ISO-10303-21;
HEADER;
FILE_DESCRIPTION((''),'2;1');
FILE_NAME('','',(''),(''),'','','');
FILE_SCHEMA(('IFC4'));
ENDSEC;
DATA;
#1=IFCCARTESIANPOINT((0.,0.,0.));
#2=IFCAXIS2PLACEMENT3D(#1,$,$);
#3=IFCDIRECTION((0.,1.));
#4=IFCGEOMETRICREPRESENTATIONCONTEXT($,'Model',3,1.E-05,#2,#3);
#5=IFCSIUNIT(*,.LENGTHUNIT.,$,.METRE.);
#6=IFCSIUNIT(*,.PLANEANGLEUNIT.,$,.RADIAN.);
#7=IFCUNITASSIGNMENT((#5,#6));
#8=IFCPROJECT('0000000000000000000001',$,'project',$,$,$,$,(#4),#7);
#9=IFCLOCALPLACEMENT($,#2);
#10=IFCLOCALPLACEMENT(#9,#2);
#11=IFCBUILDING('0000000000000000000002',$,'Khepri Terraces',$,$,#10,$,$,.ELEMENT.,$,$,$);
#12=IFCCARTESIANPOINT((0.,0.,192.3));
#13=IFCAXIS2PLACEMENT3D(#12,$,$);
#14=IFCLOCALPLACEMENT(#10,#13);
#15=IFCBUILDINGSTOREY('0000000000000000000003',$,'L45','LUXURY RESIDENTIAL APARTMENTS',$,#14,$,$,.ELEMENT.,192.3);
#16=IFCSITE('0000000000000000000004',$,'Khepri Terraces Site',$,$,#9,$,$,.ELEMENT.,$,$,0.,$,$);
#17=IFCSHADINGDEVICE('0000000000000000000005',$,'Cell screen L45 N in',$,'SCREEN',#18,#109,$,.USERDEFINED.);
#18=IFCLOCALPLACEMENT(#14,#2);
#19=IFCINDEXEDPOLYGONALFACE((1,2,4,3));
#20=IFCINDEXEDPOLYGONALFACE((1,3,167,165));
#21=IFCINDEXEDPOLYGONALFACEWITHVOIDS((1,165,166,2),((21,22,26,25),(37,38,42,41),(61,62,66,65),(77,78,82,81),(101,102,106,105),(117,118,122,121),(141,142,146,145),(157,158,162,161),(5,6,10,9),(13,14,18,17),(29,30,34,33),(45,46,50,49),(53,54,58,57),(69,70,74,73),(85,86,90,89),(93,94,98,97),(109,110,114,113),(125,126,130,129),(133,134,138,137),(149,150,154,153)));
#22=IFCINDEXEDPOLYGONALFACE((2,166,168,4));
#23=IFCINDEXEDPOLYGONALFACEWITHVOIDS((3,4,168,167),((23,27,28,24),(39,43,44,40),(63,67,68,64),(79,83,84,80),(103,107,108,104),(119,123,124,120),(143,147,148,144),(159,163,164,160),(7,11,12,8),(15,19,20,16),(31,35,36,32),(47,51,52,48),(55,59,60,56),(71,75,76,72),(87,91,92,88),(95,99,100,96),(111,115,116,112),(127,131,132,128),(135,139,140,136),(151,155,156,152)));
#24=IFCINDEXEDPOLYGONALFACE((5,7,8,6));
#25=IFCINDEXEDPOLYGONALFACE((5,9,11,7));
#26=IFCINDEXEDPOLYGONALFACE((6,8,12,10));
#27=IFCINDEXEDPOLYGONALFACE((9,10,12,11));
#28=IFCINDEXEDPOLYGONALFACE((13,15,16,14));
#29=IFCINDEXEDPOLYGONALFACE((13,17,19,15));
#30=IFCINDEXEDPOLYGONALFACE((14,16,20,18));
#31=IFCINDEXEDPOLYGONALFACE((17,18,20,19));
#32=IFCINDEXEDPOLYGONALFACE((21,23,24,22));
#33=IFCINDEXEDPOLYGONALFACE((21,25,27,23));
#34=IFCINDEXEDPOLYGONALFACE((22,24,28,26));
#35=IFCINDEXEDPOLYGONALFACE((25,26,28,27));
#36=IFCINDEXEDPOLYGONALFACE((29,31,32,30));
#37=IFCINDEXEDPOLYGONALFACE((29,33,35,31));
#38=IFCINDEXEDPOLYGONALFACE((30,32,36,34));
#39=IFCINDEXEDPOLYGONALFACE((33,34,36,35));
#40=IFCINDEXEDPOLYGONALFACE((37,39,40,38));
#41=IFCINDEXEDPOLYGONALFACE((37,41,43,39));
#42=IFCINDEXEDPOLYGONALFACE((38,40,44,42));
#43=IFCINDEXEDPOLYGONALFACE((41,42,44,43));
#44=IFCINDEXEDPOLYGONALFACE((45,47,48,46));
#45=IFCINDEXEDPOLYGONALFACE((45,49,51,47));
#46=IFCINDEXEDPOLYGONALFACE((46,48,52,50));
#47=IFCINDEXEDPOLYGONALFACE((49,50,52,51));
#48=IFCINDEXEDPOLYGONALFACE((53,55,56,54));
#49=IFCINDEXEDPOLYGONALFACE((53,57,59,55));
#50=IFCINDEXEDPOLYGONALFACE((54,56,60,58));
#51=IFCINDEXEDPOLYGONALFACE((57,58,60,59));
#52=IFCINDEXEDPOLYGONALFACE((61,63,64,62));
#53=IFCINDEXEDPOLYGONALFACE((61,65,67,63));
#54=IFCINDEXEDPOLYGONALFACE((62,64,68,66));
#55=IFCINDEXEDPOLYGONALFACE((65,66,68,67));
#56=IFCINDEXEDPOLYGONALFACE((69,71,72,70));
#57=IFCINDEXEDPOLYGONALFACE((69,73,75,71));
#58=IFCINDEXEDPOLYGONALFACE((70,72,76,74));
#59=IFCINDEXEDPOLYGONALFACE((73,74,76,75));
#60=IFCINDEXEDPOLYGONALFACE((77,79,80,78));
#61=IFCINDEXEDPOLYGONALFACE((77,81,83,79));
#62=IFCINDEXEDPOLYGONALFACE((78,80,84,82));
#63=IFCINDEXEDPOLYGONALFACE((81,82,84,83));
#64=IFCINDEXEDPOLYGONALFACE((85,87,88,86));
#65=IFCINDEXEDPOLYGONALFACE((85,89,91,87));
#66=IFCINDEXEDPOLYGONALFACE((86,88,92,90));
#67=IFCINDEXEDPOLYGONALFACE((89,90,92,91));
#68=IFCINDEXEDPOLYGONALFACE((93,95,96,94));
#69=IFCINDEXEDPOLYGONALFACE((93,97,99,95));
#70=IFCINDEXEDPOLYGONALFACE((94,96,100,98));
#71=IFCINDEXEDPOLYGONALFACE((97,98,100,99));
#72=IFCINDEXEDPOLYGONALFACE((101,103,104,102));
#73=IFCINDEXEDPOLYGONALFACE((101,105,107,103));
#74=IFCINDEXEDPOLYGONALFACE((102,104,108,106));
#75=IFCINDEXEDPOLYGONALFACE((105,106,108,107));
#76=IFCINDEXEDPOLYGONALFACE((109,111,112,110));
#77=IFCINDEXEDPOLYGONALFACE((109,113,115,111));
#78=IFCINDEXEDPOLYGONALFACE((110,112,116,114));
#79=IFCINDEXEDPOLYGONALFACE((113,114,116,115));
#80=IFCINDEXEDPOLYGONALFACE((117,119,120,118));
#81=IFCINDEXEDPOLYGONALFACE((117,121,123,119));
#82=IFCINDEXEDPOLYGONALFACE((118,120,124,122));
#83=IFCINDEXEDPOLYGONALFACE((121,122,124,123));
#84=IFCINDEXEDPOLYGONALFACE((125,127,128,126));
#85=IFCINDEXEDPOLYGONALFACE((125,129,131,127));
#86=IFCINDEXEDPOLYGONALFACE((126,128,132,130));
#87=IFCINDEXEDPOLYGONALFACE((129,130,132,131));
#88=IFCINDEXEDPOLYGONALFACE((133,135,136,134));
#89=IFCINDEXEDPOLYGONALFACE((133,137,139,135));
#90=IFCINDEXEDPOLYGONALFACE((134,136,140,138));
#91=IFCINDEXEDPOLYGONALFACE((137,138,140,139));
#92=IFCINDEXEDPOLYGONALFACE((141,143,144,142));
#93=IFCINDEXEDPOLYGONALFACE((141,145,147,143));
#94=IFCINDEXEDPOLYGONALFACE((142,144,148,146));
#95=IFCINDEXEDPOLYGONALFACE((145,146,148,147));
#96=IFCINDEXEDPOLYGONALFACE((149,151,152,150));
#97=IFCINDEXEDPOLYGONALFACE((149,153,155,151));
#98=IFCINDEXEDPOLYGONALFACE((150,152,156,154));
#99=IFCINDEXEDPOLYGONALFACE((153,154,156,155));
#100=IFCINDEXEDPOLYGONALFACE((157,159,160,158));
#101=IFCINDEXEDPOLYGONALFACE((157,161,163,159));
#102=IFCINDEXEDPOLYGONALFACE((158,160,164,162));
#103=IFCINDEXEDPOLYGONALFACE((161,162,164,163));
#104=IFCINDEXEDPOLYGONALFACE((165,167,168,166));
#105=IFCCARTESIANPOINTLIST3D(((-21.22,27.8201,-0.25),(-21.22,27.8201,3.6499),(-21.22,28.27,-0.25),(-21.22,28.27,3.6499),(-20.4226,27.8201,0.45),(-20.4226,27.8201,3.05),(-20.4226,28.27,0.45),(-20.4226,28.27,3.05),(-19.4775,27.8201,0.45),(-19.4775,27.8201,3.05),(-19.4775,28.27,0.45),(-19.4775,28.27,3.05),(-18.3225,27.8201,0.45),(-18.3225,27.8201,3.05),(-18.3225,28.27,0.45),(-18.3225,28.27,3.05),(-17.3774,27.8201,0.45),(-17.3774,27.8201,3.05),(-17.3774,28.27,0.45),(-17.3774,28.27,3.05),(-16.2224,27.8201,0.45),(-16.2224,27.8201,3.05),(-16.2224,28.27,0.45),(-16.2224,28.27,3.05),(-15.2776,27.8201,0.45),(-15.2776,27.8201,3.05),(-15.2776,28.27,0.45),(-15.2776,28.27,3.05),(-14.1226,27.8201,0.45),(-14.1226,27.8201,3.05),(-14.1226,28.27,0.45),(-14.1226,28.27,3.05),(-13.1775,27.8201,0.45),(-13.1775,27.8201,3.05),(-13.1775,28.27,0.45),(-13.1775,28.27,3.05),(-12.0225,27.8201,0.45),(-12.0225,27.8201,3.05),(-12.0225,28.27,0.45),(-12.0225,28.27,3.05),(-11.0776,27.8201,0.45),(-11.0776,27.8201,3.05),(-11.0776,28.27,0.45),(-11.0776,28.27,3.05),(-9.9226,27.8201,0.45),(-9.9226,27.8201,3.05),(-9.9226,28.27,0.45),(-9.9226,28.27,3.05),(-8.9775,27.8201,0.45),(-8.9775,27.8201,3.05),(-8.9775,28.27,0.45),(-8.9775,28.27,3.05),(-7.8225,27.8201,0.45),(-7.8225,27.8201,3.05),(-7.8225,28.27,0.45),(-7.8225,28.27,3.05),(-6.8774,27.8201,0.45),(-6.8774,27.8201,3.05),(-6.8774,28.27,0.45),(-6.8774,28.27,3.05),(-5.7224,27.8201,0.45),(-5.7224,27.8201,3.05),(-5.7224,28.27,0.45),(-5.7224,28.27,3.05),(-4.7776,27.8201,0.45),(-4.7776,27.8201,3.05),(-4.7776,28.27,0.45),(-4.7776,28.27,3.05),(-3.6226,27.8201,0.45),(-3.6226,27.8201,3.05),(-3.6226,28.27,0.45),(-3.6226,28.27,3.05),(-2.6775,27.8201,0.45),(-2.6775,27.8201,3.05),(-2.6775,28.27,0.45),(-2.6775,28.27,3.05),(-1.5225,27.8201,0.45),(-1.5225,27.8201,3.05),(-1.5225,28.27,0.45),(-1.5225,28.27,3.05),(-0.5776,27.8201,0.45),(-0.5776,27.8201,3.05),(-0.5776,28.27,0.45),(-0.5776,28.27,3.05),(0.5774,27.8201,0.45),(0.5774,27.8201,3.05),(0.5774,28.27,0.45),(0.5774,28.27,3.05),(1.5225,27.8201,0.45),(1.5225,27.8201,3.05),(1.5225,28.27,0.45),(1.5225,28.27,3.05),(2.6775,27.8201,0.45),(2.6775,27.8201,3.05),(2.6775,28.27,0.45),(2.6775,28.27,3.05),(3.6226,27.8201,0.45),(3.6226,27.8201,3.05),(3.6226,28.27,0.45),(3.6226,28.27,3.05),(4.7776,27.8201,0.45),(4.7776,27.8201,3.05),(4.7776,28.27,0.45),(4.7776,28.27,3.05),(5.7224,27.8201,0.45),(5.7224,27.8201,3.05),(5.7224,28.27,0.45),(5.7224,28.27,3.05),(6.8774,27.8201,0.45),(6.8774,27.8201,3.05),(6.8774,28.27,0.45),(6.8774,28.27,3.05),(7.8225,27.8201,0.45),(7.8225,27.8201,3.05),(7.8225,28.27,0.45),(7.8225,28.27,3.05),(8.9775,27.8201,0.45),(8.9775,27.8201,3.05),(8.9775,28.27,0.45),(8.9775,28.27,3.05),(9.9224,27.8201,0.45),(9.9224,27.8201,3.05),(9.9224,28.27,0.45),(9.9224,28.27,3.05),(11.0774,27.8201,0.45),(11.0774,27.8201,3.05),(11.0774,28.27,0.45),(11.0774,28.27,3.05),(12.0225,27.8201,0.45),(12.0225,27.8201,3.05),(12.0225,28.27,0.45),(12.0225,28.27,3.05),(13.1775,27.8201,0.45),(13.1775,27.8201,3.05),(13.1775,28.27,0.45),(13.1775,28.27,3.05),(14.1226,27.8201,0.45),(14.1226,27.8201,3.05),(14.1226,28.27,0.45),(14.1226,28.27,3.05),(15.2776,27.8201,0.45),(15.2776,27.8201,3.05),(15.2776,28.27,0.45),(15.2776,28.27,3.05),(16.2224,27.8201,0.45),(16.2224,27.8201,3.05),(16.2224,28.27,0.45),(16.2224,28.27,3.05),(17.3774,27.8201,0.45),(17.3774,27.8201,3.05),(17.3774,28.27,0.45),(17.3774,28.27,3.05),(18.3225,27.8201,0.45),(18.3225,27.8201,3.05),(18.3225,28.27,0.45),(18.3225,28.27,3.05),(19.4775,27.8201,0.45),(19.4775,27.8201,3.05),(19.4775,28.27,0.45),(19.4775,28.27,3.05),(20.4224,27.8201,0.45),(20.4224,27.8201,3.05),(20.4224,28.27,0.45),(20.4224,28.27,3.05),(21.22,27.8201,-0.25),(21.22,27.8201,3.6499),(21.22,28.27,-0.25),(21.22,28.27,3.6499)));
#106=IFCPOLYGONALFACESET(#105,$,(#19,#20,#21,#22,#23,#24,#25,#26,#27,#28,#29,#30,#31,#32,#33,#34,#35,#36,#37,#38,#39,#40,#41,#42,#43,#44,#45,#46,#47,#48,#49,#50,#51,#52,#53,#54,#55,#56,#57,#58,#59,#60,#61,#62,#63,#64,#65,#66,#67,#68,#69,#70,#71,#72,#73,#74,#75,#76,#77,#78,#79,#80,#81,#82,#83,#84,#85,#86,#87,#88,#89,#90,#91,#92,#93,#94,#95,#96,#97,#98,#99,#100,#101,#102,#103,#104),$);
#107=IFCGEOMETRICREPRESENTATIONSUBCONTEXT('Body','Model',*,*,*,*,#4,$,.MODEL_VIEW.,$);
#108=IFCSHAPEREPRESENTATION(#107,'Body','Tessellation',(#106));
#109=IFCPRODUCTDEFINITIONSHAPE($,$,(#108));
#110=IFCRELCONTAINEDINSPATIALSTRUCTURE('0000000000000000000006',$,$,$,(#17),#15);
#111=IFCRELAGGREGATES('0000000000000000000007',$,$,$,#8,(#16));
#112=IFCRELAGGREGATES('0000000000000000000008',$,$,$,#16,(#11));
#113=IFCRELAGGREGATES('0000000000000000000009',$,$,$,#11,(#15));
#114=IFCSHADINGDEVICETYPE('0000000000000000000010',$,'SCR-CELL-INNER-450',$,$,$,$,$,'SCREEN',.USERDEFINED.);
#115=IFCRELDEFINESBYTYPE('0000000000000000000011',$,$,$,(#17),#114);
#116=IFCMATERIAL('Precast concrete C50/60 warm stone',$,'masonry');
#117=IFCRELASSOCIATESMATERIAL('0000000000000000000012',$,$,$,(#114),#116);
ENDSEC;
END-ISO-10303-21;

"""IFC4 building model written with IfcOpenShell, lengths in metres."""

from ifc_helpers import new_model, si_unit, direction, frame, origin, place, context, subcontext, project, spatial, polyline, outline, extrude, material, type_object, element, save


model = new_model("IFC4")

# Units and contexts
model_context = context("Model", 3, precision=1e-05, world=origin(), true_north=direction((0.0, 1.0)))
body_context = subcontext(model_context, "Body", "Model", "MODEL_VIEW")
ifc_project = project(units=[si_unit("LENGTHUNIT", "METRE"), si_unit("PLANEANGLEUNIT", "RADIAN")], contexts=[model_context])

# Site, building, storey
site_placement = place(None, origin())
site = spatial("IfcSite", under=ifc_project, at=site_placement, Name="Khepri Terraces Site", CompositionType="ELEMENT", RefElevation=0.0)
building_placement = place(site_placement, origin())
building = spatial("IfcBuilding", under=site, at=building_placement, Name="Khepri Terraces", CompositionType="ELEMENT")
storey_placement = place(building_placement, frame((0.0, 0.0, 192.3)))
storey = spatial("IfcBuildingStorey", under=building, at=storey_placement, Name="L45", Description="LUXURY RESIDENTIAL APARTMENTS", CompositionType="ELEMENT", Elevation=192.3)

# Shared definitions
ifc_material_1 = material(Name="Precast concrete C50/60 warm stone", Category="masonry")

# Shading device
shading_device_type_1 = type_object("IfcShadingDeviceType", Name="SCR-CELL-INNER-450", ElementType="SCREEN", PredefinedType="USERDEFINED", material=ifc_material_1)
shading_device_1_placement = place(storey_placement, frame((21.22, 27.8201, -0.25), z_axis=(0.0, 1.0, 0.0), x_axis=(-1.0, 0.0, 0.0)))
element("IfcShadingDevice", 1, at=shading_device_1_placement, inside=storey, type_object=shading_device_type_1, Name="Cell screen L45 N in", ObjectType="SCREEN", PredefinedType="USERDEFINED", context=body_context, shape_type="SweptSolid", body=[
    extrude(outline(polyline([(0.0, 0.0), (42.4399, 0.0), (42.4399, 3.8999), (0.0, 3.8999), (0.0, 0.0)]), holes=[polyline([(0.7976, 0.7), (1.7424, 0.7), (1.7424, 3.3), (0.7976, 3.3), (0.7976, 0.7)]), polyline([(2.8975, 0.7), (3.8425, 0.7), (3.8425, 3.3), (2.8975, 3.3), (2.8975, 0.7)]), polyline([(4.9976, 0.7), (5.9424, 0.7), (5.9424, 3.3), (4.9976, 3.3), (4.9976, 0.7)]), polyline([(7.0974, 0.7), (8.0425, 0.7), (8.0425, 3.3), (7.0974, 3.3), (7.0974, 0.7)]), polyline([(9.1975, 0.7), (10.1426, 0.7), (10.1426, 3.3), (9.1975, 3.3), (9.1975, 0.7)]), polyline([(11.2976, 0.7), (12.2424, 0.7), (12.2424, 3.3), (11.2976, 3.3), (11.2976, 0.7)]), polyline([(13.3975, 0.7), (14.3425, 0.7), (14.3425, 3.3), (13.3975, 3.3), (13.3975, 0.7)]), polyline([(15.4976, 0.7), (16.4424, 0.7), (16.4424, 3.3), (15.4976, 3.3), (15.4976, 0.7)]), polyline([(17.5974, 0.7), (18.5425, 0.7), (18.5425, 3.3), (17.5974, 3.3), (17.5974, 0.7)]), polyline([(19.6975, 0.7), (20.6426, 0.7), (20.6426, 3.3), (19.6975, 3.3), (19.6975, 0.7)]), polyline([(21.7976, 0.7), (22.7424, 0.7), (22.7424, 3.3), (21.7976, 3.3), (21.7976, 0.7)]), polyline([(23.8975, 0.7), (24.8425, 0.7), (24.8425, 3.3), (23.8975, 3.3), (23.8975, 0.7)]), polyline([(25.9976, 0.7), (26.9424, 0.7), (26.9424, 3.3), (25.9976, 3.3), (25.9976, 0.7)]), polyline([(28.0974, 0.7), (29.0425, 0.7), (29.0425, 3.3), (28.0974, 3.3), (28.0974, 0.7)]), polyline([(30.1975, 0.7), (31.1426, 0.7), (31.1426, 3.3), (30.1975, 3.3), (30.1975, 0.7)]), polyline([(32.2976, 0.7), (33.2424, 0.7), (33.2424, 3.3), (32.2976, 3.3), (32.2976, 0.7)]), polyline([(34.3975, 0.7), (35.3425, 0.7), (35.3425, 3.3), (34.3975, 3.3), (34.3975, 0.7)]), polyline([(36.4976, 0.7), (37.4424, 0.7), (37.4424, 3.3), (36.4976, 3.3), (36.4976, 0.7)]), polyline([(38.5974, 0.7), (39.5425, 0.7), (39.5425, 3.3), (38.5974, 3.3), (38.5974, 0.7)]), polyline([(40.6975, 0.7), (41.6426, 0.7), (41.6426, 3.3), (40.6975, 3.3), (40.6975, 0.7)])]), origin(), (0.0, 0.0, 1.0), 0.45),
])

save(model, "model.ifc")
